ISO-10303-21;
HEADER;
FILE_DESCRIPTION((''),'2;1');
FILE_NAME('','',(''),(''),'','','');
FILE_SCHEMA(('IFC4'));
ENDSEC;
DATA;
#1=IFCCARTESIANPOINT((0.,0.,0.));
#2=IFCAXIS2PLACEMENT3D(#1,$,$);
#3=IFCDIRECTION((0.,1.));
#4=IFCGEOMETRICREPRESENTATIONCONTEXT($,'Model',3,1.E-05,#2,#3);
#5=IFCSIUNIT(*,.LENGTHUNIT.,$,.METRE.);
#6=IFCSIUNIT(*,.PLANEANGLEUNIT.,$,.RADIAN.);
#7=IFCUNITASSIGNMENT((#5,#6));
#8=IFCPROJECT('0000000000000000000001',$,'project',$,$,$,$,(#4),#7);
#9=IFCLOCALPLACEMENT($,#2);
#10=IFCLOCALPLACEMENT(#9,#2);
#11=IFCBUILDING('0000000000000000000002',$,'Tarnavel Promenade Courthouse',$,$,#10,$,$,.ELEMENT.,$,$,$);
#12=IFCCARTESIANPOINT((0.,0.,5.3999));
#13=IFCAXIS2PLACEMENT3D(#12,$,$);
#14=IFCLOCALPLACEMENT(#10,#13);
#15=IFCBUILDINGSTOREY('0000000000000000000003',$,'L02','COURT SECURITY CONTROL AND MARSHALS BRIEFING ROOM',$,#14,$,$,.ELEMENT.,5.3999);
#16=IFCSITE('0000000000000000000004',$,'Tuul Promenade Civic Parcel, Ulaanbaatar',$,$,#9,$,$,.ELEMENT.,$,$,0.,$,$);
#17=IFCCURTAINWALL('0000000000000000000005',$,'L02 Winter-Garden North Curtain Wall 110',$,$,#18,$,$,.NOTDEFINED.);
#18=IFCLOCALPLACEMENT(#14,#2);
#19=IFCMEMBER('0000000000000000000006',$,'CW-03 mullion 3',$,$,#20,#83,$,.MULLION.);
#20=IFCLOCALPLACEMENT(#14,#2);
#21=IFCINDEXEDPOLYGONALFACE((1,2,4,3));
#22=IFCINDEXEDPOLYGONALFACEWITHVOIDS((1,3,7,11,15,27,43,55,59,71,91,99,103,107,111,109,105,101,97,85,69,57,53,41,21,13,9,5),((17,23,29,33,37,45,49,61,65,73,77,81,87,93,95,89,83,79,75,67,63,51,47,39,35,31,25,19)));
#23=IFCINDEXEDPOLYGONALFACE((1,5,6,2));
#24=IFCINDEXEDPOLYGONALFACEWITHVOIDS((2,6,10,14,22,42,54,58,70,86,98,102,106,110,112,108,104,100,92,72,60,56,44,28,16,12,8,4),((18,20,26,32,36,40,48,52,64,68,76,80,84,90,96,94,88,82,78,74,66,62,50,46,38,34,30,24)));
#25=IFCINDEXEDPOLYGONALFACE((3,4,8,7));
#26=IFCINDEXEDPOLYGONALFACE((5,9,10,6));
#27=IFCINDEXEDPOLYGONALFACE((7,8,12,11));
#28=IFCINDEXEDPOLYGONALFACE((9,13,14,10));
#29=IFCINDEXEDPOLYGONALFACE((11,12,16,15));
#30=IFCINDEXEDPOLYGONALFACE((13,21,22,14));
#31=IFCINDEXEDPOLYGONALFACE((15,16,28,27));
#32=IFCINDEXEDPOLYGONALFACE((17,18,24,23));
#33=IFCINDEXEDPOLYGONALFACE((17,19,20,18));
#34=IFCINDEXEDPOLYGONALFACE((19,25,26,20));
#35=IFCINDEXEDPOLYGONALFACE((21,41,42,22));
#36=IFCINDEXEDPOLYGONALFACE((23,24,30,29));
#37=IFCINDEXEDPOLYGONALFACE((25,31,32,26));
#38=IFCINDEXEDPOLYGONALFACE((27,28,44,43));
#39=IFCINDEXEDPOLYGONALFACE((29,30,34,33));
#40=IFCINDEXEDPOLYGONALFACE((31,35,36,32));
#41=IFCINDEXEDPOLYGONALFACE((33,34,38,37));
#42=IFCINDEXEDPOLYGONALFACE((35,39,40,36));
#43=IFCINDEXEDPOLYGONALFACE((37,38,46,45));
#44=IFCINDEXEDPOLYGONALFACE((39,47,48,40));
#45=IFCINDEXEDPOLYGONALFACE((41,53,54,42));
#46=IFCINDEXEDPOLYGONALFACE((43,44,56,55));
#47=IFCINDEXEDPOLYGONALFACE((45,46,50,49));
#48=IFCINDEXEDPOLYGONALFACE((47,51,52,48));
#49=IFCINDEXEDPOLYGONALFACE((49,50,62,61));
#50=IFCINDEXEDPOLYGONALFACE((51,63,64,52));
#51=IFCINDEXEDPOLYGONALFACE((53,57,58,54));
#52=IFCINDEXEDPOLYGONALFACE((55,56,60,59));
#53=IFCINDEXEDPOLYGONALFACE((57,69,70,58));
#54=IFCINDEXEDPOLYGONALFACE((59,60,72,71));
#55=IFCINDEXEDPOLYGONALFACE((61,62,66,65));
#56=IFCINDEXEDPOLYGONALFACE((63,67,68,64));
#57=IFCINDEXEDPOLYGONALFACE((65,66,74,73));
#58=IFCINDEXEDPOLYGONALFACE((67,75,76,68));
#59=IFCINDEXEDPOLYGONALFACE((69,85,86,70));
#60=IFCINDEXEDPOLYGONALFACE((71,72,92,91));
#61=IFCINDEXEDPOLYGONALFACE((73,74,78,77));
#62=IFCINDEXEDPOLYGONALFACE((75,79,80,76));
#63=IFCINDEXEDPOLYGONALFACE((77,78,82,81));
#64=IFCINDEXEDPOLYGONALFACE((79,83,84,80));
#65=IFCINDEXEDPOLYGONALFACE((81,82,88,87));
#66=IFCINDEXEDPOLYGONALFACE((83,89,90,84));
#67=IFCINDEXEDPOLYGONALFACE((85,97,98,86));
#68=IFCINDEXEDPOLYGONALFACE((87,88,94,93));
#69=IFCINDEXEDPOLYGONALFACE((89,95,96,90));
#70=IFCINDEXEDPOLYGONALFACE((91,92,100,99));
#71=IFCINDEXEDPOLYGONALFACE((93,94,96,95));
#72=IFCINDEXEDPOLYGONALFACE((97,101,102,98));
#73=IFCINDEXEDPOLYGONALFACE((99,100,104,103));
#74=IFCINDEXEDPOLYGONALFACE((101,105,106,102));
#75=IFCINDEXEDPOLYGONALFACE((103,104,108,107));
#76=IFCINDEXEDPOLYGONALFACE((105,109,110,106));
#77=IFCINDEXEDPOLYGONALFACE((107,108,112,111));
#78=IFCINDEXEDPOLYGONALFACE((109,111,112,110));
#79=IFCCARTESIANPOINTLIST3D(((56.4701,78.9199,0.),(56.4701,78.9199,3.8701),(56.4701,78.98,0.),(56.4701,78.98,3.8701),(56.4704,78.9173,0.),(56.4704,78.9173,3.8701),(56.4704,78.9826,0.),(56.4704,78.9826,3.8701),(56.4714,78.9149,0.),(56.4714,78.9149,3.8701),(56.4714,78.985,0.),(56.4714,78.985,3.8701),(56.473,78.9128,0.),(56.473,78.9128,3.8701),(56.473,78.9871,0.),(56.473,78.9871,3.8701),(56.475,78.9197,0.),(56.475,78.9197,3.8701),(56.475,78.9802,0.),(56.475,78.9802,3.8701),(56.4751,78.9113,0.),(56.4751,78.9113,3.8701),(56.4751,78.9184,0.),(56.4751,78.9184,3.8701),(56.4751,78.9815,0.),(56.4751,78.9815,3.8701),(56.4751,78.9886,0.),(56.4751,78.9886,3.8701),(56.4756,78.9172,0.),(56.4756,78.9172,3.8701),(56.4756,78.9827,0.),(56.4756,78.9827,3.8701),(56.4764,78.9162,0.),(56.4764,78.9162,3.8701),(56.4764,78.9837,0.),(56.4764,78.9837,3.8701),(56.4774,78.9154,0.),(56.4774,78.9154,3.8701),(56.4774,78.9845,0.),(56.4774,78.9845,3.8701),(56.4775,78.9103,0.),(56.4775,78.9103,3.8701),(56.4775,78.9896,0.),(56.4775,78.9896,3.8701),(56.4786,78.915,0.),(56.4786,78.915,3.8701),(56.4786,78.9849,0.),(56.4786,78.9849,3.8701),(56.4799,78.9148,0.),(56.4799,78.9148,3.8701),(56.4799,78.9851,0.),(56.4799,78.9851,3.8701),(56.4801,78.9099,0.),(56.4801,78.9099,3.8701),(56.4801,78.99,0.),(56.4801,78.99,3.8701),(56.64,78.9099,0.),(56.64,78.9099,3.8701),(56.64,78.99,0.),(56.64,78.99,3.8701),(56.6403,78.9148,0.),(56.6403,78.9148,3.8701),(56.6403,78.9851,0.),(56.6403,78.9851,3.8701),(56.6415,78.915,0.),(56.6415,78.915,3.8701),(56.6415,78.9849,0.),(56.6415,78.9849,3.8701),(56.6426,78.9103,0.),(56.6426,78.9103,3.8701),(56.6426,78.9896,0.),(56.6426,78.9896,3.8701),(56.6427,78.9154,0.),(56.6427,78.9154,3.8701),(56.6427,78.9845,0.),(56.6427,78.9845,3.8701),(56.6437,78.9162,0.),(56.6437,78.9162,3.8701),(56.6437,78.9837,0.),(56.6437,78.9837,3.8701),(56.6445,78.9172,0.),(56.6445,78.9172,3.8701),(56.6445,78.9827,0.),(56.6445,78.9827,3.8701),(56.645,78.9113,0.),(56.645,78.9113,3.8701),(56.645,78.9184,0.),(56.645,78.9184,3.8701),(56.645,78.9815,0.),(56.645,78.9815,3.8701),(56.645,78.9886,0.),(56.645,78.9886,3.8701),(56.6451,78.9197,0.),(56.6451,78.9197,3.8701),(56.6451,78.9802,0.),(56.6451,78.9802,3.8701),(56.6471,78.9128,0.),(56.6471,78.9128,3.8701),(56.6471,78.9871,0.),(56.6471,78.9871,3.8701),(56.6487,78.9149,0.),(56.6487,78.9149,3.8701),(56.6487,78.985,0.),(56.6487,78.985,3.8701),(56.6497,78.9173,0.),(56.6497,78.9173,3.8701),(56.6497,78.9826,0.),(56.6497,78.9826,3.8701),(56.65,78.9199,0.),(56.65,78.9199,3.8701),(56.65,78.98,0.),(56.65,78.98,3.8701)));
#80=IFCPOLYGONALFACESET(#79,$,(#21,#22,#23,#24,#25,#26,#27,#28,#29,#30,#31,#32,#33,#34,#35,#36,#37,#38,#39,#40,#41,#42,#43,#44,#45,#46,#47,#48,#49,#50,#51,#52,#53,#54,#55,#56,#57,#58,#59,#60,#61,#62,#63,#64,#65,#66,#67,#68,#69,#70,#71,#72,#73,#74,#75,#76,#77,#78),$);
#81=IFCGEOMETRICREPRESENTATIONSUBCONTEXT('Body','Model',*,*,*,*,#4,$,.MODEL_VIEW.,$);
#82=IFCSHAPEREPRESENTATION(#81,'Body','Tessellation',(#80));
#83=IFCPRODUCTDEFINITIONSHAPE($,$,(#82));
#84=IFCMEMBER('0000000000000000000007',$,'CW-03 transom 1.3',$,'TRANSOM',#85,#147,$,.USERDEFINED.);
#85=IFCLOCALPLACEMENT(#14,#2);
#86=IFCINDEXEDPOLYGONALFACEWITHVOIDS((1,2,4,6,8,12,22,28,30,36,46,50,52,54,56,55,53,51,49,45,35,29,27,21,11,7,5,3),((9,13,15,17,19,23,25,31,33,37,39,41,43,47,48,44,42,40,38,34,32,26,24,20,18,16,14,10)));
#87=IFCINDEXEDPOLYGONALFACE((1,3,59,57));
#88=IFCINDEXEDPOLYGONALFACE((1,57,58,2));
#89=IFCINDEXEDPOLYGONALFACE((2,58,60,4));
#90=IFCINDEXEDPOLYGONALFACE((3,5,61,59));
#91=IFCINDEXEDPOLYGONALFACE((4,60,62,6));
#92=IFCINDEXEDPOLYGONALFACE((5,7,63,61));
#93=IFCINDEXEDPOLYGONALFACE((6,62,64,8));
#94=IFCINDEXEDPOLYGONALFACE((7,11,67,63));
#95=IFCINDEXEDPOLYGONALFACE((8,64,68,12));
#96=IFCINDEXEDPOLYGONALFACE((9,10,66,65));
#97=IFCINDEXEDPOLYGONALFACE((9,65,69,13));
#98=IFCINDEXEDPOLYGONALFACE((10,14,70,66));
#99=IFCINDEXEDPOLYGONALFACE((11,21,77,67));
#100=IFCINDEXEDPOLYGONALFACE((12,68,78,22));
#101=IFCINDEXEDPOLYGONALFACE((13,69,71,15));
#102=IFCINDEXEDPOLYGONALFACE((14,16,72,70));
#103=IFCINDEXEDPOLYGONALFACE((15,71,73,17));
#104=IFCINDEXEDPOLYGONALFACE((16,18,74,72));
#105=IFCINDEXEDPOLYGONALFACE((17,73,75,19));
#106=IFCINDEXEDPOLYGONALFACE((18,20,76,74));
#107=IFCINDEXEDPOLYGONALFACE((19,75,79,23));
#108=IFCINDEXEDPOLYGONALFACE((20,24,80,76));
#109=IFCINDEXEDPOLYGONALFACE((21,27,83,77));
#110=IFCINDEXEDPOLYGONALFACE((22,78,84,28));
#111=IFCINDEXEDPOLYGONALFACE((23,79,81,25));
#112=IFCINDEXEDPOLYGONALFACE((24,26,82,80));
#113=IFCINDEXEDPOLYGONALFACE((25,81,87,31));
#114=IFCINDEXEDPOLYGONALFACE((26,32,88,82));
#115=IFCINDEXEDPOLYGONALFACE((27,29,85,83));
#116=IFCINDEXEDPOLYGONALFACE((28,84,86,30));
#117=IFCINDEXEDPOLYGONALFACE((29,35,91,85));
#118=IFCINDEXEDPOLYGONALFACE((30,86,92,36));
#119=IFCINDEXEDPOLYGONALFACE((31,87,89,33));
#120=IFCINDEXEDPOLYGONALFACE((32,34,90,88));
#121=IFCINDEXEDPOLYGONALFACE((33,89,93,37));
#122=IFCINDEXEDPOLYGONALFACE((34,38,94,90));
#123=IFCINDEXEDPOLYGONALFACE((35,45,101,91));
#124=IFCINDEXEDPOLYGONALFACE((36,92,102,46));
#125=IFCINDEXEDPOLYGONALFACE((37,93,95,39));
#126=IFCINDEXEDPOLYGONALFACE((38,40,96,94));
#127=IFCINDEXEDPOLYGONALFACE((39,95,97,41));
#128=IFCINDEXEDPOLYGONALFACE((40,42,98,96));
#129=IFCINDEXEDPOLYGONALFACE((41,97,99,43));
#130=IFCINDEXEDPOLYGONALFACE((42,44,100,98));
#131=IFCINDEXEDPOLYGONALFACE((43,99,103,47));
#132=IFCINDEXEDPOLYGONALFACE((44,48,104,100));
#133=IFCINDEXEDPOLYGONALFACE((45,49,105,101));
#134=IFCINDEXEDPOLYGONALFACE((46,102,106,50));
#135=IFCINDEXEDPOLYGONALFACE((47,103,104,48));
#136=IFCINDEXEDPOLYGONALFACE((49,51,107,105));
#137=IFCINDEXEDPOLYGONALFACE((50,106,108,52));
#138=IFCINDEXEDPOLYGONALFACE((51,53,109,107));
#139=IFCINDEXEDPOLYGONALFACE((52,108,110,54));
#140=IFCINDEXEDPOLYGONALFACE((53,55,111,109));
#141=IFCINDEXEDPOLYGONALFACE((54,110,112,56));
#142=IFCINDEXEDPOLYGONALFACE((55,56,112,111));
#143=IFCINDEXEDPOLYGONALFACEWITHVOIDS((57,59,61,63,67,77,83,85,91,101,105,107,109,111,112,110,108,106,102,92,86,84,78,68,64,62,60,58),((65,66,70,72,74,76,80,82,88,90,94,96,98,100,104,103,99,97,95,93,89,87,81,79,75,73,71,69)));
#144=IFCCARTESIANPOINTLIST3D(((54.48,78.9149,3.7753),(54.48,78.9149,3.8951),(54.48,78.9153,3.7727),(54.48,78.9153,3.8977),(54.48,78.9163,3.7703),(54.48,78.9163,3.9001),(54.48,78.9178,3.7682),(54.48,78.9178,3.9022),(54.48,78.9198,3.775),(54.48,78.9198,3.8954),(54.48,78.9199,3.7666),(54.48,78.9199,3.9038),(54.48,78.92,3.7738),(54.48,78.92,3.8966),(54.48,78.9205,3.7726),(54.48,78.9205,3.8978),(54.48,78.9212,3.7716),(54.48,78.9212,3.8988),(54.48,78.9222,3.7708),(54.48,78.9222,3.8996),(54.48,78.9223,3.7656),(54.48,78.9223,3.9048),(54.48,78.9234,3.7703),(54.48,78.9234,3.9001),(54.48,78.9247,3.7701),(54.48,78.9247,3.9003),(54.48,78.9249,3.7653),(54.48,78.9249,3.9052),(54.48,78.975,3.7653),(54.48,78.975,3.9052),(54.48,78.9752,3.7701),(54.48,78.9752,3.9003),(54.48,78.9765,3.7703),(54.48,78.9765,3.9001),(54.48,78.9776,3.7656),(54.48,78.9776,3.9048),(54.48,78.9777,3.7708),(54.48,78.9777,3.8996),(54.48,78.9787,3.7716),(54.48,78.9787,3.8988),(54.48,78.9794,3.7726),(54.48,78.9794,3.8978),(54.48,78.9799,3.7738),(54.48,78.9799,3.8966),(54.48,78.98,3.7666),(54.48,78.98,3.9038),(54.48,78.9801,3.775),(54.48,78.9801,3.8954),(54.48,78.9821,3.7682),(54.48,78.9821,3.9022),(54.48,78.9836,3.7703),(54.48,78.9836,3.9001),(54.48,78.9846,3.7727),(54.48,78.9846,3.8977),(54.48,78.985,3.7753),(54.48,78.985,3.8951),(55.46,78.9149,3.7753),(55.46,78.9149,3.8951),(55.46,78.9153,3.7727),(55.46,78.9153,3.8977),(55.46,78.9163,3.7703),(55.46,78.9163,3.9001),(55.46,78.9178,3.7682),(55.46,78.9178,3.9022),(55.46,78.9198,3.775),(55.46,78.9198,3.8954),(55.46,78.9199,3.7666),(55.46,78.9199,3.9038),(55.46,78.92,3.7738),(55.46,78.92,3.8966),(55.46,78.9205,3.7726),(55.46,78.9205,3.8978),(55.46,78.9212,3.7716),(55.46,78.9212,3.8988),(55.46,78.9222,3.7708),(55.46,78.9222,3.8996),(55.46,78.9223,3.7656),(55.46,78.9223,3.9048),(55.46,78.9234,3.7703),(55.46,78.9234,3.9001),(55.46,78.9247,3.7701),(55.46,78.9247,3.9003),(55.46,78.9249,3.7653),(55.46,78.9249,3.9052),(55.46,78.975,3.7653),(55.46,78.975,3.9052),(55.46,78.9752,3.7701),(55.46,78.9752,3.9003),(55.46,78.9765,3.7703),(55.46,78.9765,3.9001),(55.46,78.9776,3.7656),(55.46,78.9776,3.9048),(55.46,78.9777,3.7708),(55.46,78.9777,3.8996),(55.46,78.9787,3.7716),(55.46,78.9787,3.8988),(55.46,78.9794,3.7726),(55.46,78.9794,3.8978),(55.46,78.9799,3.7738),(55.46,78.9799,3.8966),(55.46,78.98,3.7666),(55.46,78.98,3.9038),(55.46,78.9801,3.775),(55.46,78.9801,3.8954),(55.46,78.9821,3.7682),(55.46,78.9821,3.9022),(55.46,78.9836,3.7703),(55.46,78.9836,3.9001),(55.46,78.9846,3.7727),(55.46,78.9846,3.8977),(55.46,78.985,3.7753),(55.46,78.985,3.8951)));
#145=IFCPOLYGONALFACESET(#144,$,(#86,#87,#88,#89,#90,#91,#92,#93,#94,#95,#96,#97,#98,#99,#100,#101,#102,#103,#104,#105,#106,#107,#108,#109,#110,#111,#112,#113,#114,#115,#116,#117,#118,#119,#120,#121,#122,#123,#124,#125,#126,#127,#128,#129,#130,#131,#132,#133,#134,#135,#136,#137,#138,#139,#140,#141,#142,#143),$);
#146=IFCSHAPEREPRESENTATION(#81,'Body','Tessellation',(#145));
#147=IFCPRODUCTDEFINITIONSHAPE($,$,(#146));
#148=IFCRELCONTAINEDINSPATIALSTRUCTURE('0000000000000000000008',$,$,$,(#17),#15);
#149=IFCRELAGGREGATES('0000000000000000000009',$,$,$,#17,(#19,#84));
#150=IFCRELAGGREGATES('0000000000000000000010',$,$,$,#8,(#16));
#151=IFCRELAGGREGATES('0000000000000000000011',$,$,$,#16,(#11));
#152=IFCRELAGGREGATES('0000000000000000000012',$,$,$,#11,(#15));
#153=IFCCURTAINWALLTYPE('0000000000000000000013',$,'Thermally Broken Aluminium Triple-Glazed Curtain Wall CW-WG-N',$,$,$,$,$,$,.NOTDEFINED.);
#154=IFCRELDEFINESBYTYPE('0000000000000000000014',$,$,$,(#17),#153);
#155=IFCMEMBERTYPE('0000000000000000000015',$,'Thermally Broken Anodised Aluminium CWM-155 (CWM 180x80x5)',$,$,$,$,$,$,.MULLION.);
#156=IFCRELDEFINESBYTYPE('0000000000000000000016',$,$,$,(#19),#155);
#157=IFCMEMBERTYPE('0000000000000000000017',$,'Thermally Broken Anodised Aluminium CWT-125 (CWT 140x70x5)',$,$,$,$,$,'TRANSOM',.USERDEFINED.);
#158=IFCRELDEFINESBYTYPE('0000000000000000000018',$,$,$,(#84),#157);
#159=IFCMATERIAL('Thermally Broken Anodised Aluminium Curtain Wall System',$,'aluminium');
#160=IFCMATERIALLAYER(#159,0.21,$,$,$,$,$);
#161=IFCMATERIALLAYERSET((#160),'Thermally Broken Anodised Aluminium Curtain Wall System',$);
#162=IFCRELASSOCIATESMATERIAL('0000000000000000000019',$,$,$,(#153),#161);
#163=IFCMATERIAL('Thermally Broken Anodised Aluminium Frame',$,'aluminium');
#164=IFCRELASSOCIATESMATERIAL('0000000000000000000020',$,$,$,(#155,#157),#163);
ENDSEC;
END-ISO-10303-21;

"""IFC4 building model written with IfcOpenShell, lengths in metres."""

from ifc_helpers import new_model, si_unit, direction, frame, origin, origin_2d, place, context, subcontext, project, spatial, hollow_rectangle, extrude, material, layer, layer_set, material_profile, profile_set, type_object, element, aggregate, save


model = new_model("IFC4")

# Units and contexts
model_context = context("Model", 3, precision=1e-05, world=origin(), true_north=direction((0.0, 1.0)))
body_context = subcontext(model_context, "Body", "Model", "MODEL_VIEW")
ifc_project = project(units=[si_unit("LENGTHUNIT", "METRE"), si_unit("PLANEANGLEUNIT", "RADIAN")], contexts=[model_context])

# Site, building, storey
site_placement = place(None, origin())
site = spatial("IfcSite", under=ifc_project, at=site_placement, Name="Tuul Promenade Civic Parcel, Ulaanbaatar", CompositionType="ELEMENT", RefElevation=0.0)
building_placement = place(site_placement, origin())
building = spatial("IfcBuilding", under=site, at=building_placement, Name="Tarnavel Promenade Courthouse", CompositionType="ELEMENT")
storey_placement = place(building_placement, frame((0.0, 0.0, 5.3999)))
storey = spatial("IfcBuildingStorey", under=building, at=storey_placement, Name="L02", Description="COURT SECURITY CONTROL AND MARSHALS BRIEFING ROOM", CompositionType="ELEMENT", Elevation=5.3999)

# Curtain wall, members
ifc_material_1 = material(Name="Thermally Broken Anodised Aluminium Curtain Wall System", Category="aluminium")
ifc_layer_1 = layer(ifc_material_1, 0.21)
ifc_layer_set_1 = layer_set([ifc_layer_1], Name="Thermally Broken Anodised Aluminium Curtain Wall System")
curtain_wall_type = type_object("IfcCurtainWallType", Name="Thermally Broken Aluminium Triple-Glazed Curtain Wall CW-WG-N", PredefinedType="NOTDEFINED", material=ifc_layer_set_1)
curtain_wall_placement = place(storey_placement, origin())
curtain_wall = element("IfcCurtainWall", 1, at=curtain_wall_placement, inside=storey, type_object=curtain_wall_type, Name="L02 Winter-Garden North Curtain Wall 110", PredefinedType="NOTDEFINED")
ifc_material_2 = material(Name="Thermally Broken Anodised Aluminium Frame", Category="aluminium")
ifc_material_profile_1 = material_profile(ifc_material_2, hollow_rectangle(XDim=0.0801, YDim=0.1799, WallThickness=0.0049, InnerFilletRadius=0.0049, OuterFilletRadius=0.01, at=origin_2d()), Name="CWM 180x80x5")
ifc_profile_set_1 = profile_set([ifc_material_profile_1], Name="Thermally Broken Anodised Aluminium Frame")
member_type_1 = type_object("IfcMemberType", Name="Thermally Broken Anodised Aluminium CWM-155 (CWM 180x80x5)", PredefinedType="MULLION", material=ifc_profile_set_1)
member_1_placement = place(storey_placement, frame((56.5601, 78.95, 0.0), z_axis=(0.0, 0.0, 1.0), x_axis=(0.0, 1.0, 0.0)))
member_1 = element("IfcMember", 2, at=member_1_placement, type_object=member_type_1, Name="CW-03 mullion 3", PredefinedType="MULLION", context=body_context, shape_type="SweptSolid", body=[
    extrude(hollow_rectangle(XDim=0.0801, YDim=0.1799, WallThickness=0.0049, InnerFilletRadius=0.0049, OuterFilletRadius=0.01, at=origin_2d()), origin(), (0.0, 0.0, 1.0), 3.8701),
])
ifc_material_profile_2 = material_profile(ifc_material_2, hollow_rectangle(XDim=0.0701, YDim=0.1399, WallThickness=0.0049, InnerFilletRadius=0.0049, OuterFilletRadius=0.01, at=origin_2d()), Name="CWT 140x70x5")
ifc_profile_set_2 = profile_set([ifc_material_profile_2], Name="Thermally Broken Anodised Aluminium Frame")
member_type_2 = type_object("IfcMemberType", Name="Thermally Broken Anodised Aluminium CWT-125 (CWT 140x70x5)", ElementType="TRANSOM", PredefinedType="USERDEFINED", material=ifc_profile_set_2)
member_2_placement = place(storey_placement, frame((54.48, 78.95, 3.8352), z_axis=(1.0, 0.0, 0.0), x_axis=(0.0, 1.0, 0.0)))
member_2 = element("IfcMember", 3, at=member_2_placement, type_object=member_type_2, Name="CW-03 transom 1.3", ObjectType="TRANSOM", PredefinedType="USERDEFINED", context=body_context, shape_type="SweptSolid", body=[
    extrude(hollow_rectangle(XDim=0.0701, YDim=0.1399, WallThickness=0.0049, InnerFilletRadius=0.0049, OuterFilletRadius=0.01, at=origin_2d()), origin(), (0.0, 0.0, 1.0), 0.98),
])
aggregate(curtain_wall, [member_1, member_2])

save(model, "model.ifc")
